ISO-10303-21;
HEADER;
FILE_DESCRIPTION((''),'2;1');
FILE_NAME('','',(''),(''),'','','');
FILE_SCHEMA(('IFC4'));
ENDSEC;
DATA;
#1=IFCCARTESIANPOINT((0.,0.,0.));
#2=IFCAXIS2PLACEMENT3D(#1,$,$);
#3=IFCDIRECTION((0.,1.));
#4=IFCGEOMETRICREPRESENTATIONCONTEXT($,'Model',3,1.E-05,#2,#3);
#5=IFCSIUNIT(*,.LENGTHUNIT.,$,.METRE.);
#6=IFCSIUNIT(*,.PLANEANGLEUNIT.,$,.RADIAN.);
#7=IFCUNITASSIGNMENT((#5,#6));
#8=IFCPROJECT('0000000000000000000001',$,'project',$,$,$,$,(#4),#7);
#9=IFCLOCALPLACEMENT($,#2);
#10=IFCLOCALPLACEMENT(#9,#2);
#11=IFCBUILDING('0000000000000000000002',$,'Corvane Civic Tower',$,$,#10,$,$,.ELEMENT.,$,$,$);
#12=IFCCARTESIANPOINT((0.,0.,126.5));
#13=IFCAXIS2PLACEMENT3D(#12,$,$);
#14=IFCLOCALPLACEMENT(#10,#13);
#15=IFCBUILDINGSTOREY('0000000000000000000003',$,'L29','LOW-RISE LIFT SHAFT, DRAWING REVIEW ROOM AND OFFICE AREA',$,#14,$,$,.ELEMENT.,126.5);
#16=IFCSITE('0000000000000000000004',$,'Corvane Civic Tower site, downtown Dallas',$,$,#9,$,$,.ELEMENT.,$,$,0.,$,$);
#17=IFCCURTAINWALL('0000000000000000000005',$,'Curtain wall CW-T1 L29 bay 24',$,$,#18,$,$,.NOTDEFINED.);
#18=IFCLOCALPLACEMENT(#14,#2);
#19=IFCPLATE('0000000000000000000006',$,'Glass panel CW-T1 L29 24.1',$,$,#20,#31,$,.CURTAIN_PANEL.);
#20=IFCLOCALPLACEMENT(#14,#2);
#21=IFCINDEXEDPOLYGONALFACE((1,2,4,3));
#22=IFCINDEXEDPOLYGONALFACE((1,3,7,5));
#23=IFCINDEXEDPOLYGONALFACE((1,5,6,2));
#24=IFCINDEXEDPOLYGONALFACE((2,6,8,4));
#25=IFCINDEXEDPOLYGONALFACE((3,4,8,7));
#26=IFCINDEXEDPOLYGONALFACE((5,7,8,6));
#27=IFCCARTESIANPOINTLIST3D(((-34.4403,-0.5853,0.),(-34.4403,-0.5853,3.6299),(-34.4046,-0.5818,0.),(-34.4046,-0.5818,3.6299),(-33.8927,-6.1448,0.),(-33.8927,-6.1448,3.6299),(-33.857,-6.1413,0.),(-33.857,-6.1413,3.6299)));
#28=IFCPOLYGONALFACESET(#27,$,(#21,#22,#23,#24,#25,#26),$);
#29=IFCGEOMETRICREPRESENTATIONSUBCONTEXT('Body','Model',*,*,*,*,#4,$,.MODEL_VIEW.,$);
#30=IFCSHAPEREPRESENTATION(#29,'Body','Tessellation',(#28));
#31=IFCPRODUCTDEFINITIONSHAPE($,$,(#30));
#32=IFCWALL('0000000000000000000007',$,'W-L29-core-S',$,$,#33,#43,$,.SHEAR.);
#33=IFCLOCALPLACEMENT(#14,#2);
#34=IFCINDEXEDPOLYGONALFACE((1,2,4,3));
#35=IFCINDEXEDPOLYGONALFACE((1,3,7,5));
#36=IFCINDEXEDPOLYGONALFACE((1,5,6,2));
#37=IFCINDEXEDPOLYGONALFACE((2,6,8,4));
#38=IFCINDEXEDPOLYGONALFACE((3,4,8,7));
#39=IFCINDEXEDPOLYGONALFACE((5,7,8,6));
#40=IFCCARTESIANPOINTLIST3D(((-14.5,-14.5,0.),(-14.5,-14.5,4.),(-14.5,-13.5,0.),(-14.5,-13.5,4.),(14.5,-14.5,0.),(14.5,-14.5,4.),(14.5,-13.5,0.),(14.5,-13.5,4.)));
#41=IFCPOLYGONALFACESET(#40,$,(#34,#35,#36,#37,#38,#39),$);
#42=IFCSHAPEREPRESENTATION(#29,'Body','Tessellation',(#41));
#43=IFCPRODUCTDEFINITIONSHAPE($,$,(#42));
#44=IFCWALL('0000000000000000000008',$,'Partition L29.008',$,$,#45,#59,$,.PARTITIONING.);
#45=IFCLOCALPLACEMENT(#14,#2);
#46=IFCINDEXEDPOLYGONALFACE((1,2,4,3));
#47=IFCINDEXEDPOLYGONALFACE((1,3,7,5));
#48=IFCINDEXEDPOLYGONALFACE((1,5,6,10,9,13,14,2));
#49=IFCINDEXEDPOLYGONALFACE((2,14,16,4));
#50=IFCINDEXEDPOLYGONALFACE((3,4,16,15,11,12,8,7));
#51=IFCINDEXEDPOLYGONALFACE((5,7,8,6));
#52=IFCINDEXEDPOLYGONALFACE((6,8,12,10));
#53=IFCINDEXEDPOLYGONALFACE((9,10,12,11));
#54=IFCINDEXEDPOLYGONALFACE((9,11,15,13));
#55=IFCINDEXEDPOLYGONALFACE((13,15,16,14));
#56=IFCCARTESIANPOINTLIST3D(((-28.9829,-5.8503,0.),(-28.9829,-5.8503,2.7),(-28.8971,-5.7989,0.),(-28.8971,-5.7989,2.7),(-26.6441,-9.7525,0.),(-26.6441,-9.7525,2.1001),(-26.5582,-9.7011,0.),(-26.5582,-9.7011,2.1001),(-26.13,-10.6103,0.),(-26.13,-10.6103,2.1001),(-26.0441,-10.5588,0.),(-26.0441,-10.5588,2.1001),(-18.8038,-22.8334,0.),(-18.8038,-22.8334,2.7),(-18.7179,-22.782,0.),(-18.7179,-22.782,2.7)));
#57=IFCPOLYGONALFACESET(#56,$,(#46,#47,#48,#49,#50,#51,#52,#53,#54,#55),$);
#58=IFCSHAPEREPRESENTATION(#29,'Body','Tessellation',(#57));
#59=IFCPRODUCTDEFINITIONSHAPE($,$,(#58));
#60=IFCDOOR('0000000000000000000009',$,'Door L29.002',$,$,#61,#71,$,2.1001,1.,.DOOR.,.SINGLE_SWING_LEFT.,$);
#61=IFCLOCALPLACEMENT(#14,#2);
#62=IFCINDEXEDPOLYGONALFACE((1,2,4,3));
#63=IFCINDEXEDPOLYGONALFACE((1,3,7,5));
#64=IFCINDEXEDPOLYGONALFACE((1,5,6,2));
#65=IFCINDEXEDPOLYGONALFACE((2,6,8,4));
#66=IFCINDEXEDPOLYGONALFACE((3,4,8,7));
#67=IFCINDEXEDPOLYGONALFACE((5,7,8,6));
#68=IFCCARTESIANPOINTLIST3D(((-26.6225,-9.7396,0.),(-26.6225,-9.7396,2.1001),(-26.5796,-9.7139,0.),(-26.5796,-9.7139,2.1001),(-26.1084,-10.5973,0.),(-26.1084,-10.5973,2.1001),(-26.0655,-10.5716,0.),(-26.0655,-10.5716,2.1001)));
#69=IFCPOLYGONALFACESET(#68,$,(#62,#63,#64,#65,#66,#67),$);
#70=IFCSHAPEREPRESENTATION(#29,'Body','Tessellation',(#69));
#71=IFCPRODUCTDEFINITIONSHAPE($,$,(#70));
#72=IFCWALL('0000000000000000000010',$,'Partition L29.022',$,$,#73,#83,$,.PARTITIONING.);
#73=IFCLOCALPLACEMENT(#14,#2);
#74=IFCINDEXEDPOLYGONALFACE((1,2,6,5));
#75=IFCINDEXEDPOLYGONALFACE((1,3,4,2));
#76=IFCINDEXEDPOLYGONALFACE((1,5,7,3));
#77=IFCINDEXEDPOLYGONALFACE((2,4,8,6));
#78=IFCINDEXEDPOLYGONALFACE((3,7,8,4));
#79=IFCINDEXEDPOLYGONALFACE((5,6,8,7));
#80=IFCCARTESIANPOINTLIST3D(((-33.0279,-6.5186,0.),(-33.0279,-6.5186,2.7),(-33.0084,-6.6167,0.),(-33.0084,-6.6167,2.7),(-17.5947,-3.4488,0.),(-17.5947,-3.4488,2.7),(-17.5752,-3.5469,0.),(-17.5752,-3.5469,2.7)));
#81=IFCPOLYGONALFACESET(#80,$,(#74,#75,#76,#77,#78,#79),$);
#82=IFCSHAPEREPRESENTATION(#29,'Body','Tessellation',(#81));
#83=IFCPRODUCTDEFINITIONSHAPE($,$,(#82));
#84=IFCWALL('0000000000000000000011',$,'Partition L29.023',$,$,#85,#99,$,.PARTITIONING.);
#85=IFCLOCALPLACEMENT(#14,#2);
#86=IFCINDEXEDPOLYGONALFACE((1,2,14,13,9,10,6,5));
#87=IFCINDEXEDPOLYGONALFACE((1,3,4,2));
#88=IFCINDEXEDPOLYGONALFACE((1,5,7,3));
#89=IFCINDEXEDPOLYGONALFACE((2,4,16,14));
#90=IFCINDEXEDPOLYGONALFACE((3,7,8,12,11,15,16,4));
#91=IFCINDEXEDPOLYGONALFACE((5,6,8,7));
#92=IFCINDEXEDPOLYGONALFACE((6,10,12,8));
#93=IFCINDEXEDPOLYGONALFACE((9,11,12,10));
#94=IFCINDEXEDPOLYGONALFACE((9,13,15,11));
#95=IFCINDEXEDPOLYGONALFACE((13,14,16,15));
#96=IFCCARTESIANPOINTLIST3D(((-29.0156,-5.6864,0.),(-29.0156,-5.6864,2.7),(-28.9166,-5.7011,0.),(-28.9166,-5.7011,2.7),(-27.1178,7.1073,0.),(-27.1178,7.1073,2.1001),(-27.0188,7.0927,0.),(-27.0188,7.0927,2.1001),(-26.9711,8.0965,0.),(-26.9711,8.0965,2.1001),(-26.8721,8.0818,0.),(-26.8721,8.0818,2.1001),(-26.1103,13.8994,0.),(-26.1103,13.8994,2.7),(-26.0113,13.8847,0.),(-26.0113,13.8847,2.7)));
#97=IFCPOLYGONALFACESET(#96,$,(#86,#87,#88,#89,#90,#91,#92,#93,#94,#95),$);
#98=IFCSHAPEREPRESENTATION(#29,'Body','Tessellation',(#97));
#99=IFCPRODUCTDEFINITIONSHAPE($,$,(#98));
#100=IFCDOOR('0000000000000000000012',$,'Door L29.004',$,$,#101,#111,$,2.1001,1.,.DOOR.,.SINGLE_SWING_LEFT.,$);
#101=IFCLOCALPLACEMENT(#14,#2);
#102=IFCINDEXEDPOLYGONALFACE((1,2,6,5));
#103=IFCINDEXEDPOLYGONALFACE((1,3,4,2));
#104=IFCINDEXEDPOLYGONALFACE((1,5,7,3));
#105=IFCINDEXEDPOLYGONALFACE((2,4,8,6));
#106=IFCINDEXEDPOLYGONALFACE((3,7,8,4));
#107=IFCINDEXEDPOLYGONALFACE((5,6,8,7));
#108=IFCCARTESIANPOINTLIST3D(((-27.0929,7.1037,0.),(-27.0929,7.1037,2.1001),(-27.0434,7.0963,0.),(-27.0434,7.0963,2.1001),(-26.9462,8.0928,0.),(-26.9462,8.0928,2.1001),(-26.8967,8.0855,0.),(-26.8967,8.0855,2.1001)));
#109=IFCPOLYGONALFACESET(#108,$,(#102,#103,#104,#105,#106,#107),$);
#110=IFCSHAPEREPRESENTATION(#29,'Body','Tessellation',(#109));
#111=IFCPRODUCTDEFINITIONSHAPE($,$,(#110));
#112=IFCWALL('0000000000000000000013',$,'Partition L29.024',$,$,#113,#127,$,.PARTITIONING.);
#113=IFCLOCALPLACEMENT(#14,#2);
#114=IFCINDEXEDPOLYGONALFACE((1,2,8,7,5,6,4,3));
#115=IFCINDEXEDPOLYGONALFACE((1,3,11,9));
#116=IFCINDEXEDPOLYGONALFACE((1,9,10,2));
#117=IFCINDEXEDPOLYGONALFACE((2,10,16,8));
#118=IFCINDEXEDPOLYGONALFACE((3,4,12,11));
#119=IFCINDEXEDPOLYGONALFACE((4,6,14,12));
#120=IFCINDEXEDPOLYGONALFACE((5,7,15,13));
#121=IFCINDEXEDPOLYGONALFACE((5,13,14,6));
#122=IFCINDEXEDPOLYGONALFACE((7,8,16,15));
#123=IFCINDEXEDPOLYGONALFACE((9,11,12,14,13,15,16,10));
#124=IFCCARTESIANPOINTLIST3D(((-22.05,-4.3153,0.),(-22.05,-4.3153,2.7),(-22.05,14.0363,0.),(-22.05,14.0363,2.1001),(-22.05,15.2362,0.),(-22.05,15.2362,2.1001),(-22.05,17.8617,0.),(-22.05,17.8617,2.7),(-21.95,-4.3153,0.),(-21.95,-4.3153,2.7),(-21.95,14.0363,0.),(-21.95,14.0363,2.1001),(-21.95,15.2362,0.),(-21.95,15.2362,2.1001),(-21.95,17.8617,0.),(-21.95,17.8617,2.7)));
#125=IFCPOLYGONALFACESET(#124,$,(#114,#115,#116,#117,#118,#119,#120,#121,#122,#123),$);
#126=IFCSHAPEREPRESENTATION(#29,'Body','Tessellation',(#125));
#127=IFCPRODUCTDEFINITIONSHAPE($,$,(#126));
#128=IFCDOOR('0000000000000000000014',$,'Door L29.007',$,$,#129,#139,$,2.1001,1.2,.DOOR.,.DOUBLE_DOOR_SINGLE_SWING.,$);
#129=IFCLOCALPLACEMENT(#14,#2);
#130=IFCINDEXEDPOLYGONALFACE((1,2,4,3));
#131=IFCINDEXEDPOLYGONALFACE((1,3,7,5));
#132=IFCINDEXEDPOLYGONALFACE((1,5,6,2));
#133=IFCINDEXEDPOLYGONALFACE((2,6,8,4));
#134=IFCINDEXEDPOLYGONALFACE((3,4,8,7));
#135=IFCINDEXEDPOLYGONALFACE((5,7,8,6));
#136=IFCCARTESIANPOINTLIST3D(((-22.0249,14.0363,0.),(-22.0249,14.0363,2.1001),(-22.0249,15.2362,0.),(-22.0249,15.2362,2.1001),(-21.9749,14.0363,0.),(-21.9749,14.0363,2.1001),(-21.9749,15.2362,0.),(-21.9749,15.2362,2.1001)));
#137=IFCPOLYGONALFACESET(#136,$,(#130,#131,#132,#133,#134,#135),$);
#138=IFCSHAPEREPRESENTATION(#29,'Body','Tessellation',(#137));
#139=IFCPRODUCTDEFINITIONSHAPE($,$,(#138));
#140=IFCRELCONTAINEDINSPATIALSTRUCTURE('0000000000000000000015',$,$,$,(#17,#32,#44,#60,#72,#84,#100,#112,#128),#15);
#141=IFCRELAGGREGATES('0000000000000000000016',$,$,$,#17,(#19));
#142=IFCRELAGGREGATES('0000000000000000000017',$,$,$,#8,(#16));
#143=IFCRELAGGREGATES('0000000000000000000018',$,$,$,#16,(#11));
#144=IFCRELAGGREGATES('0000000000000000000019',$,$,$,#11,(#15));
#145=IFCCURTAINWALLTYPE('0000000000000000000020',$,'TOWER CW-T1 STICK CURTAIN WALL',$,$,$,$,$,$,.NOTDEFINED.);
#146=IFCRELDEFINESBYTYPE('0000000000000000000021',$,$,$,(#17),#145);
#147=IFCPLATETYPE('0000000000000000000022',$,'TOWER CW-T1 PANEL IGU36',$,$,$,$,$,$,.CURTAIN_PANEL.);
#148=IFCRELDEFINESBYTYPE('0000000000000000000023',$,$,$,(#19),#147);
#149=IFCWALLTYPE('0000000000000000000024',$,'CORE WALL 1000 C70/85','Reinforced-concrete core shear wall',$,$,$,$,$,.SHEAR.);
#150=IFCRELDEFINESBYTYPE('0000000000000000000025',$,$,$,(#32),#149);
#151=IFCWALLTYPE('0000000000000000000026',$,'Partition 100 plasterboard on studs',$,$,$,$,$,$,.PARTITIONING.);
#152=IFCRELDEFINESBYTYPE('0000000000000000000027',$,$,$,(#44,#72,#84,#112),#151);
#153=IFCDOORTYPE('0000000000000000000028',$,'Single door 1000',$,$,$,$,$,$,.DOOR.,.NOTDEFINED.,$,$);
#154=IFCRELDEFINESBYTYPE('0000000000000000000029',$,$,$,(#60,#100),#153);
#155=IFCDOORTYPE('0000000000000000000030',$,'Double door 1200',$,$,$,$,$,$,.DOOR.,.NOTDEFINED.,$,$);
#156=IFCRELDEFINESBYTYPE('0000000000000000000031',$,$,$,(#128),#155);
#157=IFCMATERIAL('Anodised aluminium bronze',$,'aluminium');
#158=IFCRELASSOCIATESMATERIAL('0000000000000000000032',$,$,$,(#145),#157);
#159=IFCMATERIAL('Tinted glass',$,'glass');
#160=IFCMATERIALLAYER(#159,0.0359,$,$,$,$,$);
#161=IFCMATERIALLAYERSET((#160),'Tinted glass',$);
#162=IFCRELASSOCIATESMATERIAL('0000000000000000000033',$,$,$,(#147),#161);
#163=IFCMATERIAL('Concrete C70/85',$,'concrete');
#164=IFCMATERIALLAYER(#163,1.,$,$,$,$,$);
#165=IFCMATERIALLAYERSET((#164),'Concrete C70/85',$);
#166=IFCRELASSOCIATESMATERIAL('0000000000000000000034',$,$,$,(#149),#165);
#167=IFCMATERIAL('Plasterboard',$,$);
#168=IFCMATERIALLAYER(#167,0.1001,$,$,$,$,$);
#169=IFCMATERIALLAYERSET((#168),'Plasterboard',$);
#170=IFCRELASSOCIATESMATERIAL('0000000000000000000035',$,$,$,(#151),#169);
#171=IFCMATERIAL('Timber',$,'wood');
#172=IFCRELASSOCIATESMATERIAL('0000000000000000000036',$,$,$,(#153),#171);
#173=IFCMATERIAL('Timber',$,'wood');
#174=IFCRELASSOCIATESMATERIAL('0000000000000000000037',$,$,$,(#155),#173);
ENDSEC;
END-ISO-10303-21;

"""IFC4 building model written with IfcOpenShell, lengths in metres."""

from ifc_helpers import new_model, si_unit, direction, frame, frame_2d, origin, origin_2d, place, context, subcontext, project, spatial, rectangle, extrude, material, layer, layer_set, type_object, element, fill, aggregate, save


model = new_model("IFC4")

# Units and contexts
model_context = context("Model", 3, precision=1e-05, world=origin(), true_north=direction((0.0, 1.0)))
body_context = subcontext(model_context, "Body", "Model", "MODEL_VIEW")
ifc_project = project(units=[si_unit("LENGTHUNIT", "METRE"), si_unit("PLANEANGLEUNIT", "RADIAN")], contexts=[model_context])

# Site, building, storey
site_placement = place(None, origin())
site = spatial("IfcSite", under=ifc_project, at=site_placement, Name="Corvane Civic Tower site, downtown Dallas", CompositionType="ELEMENT", RefElevation=0.0)
building_placement = place(site_placement, origin())
building = spatial("IfcBuilding", under=site, at=building_placement, Name="Corvane Civic Tower", CompositionType="ELEMENT")
storey_placement = place(building_placement, frame((0.0, 0.0, 126.5)))
storey = spatial("IfcBuildingStorey", under=building, at=storey_placement, Name="L29", Description="LOW-RISE LIFT SHAFT, DRAWING REVIEW ROOM AND OFFICE AREA", CompositionType="ELEMENT", Elevation=126.5)

# Curtain wall
ifc_material_1 = material(Name="Anodised aluminium bronze", Category="aluminium")
curtain_wall_type = type_object("IfcCurtainWallType", Name="TOWER CW-T1 STICK CURTAIN WALL", PredefinedType="NOTDEFINED", material=ifc_material_1)
curtain_wall_1_placement = place(storey_placement, origin())
curtain_wall_1 = element("IfcCurtainWall", 1, at=curtain_wall_1_placement, inside=storey, type_object=curtain_wall_type, Name="Curtain wall CW-T1 L29 bay 24", PredefinedType="NOTDEFINED")

# Plate
ifc_material_2 = material(Name="Tinted glass", Category="glass")
ifc_layer_1 = layer(ifc_material_2, 0.0359)
ifc_layer_set_1 = layer_set([ifc_layer_1], Name="Tinted glass")
plate_type = type_object("IfcPlateType", Name="TOWER CW-T1 PANEL IGU36", PredefinedType="CURTAIN_PANEL", material=ifc_layer_set_1)
plate_1_placement = place(storey_placement, frame((-34.1487, -3.3633, 0.0), z_axis=(0.0, 0.0, 1.0), x_axis=(-0.098027, 0.995184, 0.0)))
plate_1 = element("IfcPlate", 2, at=plate_1_placement, type_object=plate_type, Name="Glass panel CW-T1 L29 24.1", PredefinedType="CURTAIN_PANEL", context=body_context, shape_type="SweptSolid", body=[
    extrude(rectangle(XDim=5.5864, YDim=0.0359, at=origin_2d()), origin(), (0.0, 0.0, 1.0), 3.6299),
])
aggregate(curtain_wall_1, [plate_1])

# Wall
ifc_material_3 = material(Name="Concrete C70/85", Category="concrete")
ifc_layer_2 = layer(ifc_material_3, 1.0)
ifc_layer_set_2 = layer_set([ifc_layer_2], Name="Concrete C70/85")
wall_type_1 = type_object("IfcWallType", Name="CORE WALL 1000 C70/85", Description="Reinforced-concrete core shear wall", PredefinedType="SHEAR", material=ifc_layer_set_2)
wall_1_placement = place(storey_placement, frame((-14.5, -14.0, 0.0), z_axis=(0.0, 0.0, 1.0), x_axis=(1.0, 0.0, 0.0)))
element("IfcWall", 3, at=wall_1_placement, inside=storey, type_object=wall_type_1, Name="W-L29-core-S", PredefinedType="SHEAR", context=body_context, shape_type="SweptSolid", body=[
    extrude(rectangle(XDim=29.0, YDim=1.0, at=frame_2d((14.5, 0.0))), origin(), (0.0, 0.0, 1.0), 4.0),
])

# Wall, opening, door
ifc_material_4 = material(Name="Plasterboard")
ifc_layer_3 = layer(ifc_material_4, 0.1001)
ifc_layer_set_3 = layer_set([ifc_layer_3], Name="Plasterboard")
wall_type_2 = type_object("IfcWallType", Name="Partition 100 plasterboard on studs", PredefinedType="PARTITIONING", material=ifc_layer_set_3)
wall_2_placement = place(storey_placement, frame((-28.9399, -5.8247, 0.0), z_axis=(0.0, 0.0, 1.0), x_axis=(0.514099, -0.857731, 0.0)))
wall_2 = element("IfcWall", 4, at=wall_2_placement, inside=storey, type_object=wall_type_2, Name="Partition L29.008", PredefinedType="PARTITIONING", context=body_context, shape_type="SweptSolid", body=[
    extrude(rectangle(XDim=19.8, YDim=0.1001, at=frame_2d((9.8999, 0.0))), origin(), (0.0, 0.0, 1.0), 2.7),
])
opening_1_placement = place(wall_2_placement, frame((4.5493, 0.0, 0.0)))
opening_1 = element("IfcOpeningElement", 5, at=opening_1_placement, cuts=wall_2, PredefinedType="OPENING", context=body_context, shape_type="SweptSolid", body=[
    extrude(rectangle(XDim=1.0, YDim=2.1001, at=frame_2d((0.5, 1.05))), frame((0.0, 0.0601, 0.0), z_axis=(0.0, -1.0, 0.0), x_axis=(1.0, 0.0, 0.0)), (0.0, 0.0, 1.0), 0.1201),
])
ifc_material_5 = material(Name="Timber", Category="wood")
door_type_1 = type_object("IfcDoorType", Name="Single door 1000", OperationType="NOTDEFINED", PredefinedType="DOOR", material=ifc_material_5)
door_1_placement = place(opening_1_placement, frame((1.0, 0.0, 0.0), z_axis=(0.0, 0.0, 1.0), x_axis=(-1.0, 0.0, 0.0)))
door_1 = element("IfcDoor", 6, at=door_1_placement, inside=storey, type_object=door_type_1, Name="Door L29.002", OperationType="SINGLE_SWING_LEFT", OverallHeight=2.1001, OverallWidth=1.0, PredefinedType="DOOR", context=body_context, shape_type="SweptSolid", body=[
    extrude(rectangle(XDim=1.0, YDim=2.1001, at=frame_2d((0.5, 1.05))), frame((0.0, 0.0249, 0.0), z_axis=(0.0, -1.0, 0.0), x_axis=(1.0, 0.0, 0.0)), (0.0, 0.0, 1.0), 0.05),
])
fill(opening_1, door_1)

# Wall
wall_3_placement = place(storey_placement, frame((-33.0181, -6.5676, 0.0), z_axis=(0.0, 0.0, 1.0), x_axis=(0.980786, 0.195087, 0.0)))
element("IfcWall", 7, at=wall_3_placement, inside=storey, type_object=wall_type_2, Name="Partition L29.022", PredefinedType="PARTITIONING", context=body_context, shape_type="SweptSolid", body=[
    extrude(rectangle(XDim=15.7356, YDim=0.1001, at=frame_2d((7.8677, 0.0))), origin(), (0.0, 0.0, 1.0), 2.7),
])

# Walls, openings, doors
wall_4_placement = place(storey_placement, frame((-28.9661, -5.6936, 0.0), z_axis=(0.0, 0.0, 1.0), x_axis=(0.146731, 0.989176, 0.0)))
wall_4 = element("IfcWall", 8, at=wall_4_placement, inside=storey, type_object=wall_type_2, Name="Partition L29.023", PredefinedType="PARTITIONING", context=body_context, shape_type="SweptSolid", body=[
    extrude(rectangle(XDim=19.8, YDim=0.1001, at=frame_2d((9.8999, 0.0))), origin(), (0.0, 0.0, 1.0), 2.7),
])
opening_2_placement = place(wall_4_placement, frame((12.9336, 0.0, 0.0)))
opening_2 = element("IfcOpeningElement", 9, at=opening_2_placement, cuts=wall_4, PredefinedType="OPENING", context=body_context, shape_type="SweptSolid", body=[
    extrude(rectangle(XDim=1.0, YDim=2.1001, at=frame_2d((0.5, 1.05))), frame((0.0, 0.0601, 0.0), z_axis=(0.0, -1.0, 0.0), x_axis=(1.0, 0.0, 0.0)), (0.0, 0.0, 1.0), 0.1201),
])
door_2_placement = place(opening_2_placement, origin())
door_2 = element("IfcDoor", 10, at=door_2_placement, inside=storey, type_object=door_type_1, Name="Door L29.004", OperationType="SINGLE_SWING_LEFT", OverallHeight=2.1001, OverallWidth=1.0, PredefinedType="DOOR", context=body_context, shape_type="SweptSolid", body=[
    extrude(rectangle(XDim=1.0, YDim=2.1001, at=frame_2d((0.5, 1.05))), frame((0.0, 0.0249, 0.0), z_axis=(0.0, -1.0, 0.0), x_axis=(1.0, 0.0, 0.0)), (0.0, 0.0, 1.0), 0.05),
])
fill(opening_2, door_2)
wall_5_placement = place(storey_placement, frame((-22.0, -4.3152, 0.0), z_axis=(0.0, 0.0, 1.0), x_axis=(0.0, 1.0, 0.0)))
wall_5 = element("IfcWall", 11, at=wall_5_placement, inside=storey, type_object=wall_type_2, Name="Partition L29.024", PredefinedType="PARTITIONING", context=body_context, shape_type="SweptSolid", body=[
    extrude(rectangle(XDim=22.177, YDim=0.1001, at=frame_2d((11.0884, 0.0))), origin(), (0.0, 0.0, 1.0), 2.7),
])
opening_3_placement = place(wall_5_placement, frame((18.3513, 0.0, 0.0)))
opening_3 = element("IfcOpeningElement", 12, at=opening_3_placement, cuts=wall_5, PredefinedType="OPENING", context=body_context, shape_type="SweptSolid", body=[
    extrude(rectangle(XDim=1.2, YDim=2.1001, at=frame_2d((0.6001, 1.05))), frame((0.0, 0.0601, 0.0), z_axis=(0.0, -1.0, 0.0), x_axis=(1.0, 0.0, 0.0)), (0.0, 0.0, 1.0), 0.1201),
])
ifc_material_6 = material(Name="Timber", Category="wood")
door_type_2 = type_object("IfcDoorType", Name="Double door 1200", OperationType="NOTDEFINED", PredefinedType="DOOR", material=ifc_material_6)
door_3_placement = place(opening_3_placement, origin())
door_3 = element("IfcDoor", 13, at=door_3_placement, inside=storey, type_object=door_type_2, Name="Door L29.007", OperationType="DOUBLE_DOOR_SINGLE_SWING", OverallHeight=2.1001, OverallWidth=1.2, PredefinedType="DOOR", context=body_context, shape_type="SweptSolid", body=[
    extrude(rectangle(XDim=1.2, YDim=2.1001, at=frame_2d((0.6001, 1.05))), frame((0.0, 0.0249, 0.0), z_axis=(0.0, -1.0, 0.0), x_axis=(1.0, 0.0, 0.0)), (0.0, 0.0, 1.0), 0.05),
])
fill(opening_3, door_3)

save(model, "model.ifc")
